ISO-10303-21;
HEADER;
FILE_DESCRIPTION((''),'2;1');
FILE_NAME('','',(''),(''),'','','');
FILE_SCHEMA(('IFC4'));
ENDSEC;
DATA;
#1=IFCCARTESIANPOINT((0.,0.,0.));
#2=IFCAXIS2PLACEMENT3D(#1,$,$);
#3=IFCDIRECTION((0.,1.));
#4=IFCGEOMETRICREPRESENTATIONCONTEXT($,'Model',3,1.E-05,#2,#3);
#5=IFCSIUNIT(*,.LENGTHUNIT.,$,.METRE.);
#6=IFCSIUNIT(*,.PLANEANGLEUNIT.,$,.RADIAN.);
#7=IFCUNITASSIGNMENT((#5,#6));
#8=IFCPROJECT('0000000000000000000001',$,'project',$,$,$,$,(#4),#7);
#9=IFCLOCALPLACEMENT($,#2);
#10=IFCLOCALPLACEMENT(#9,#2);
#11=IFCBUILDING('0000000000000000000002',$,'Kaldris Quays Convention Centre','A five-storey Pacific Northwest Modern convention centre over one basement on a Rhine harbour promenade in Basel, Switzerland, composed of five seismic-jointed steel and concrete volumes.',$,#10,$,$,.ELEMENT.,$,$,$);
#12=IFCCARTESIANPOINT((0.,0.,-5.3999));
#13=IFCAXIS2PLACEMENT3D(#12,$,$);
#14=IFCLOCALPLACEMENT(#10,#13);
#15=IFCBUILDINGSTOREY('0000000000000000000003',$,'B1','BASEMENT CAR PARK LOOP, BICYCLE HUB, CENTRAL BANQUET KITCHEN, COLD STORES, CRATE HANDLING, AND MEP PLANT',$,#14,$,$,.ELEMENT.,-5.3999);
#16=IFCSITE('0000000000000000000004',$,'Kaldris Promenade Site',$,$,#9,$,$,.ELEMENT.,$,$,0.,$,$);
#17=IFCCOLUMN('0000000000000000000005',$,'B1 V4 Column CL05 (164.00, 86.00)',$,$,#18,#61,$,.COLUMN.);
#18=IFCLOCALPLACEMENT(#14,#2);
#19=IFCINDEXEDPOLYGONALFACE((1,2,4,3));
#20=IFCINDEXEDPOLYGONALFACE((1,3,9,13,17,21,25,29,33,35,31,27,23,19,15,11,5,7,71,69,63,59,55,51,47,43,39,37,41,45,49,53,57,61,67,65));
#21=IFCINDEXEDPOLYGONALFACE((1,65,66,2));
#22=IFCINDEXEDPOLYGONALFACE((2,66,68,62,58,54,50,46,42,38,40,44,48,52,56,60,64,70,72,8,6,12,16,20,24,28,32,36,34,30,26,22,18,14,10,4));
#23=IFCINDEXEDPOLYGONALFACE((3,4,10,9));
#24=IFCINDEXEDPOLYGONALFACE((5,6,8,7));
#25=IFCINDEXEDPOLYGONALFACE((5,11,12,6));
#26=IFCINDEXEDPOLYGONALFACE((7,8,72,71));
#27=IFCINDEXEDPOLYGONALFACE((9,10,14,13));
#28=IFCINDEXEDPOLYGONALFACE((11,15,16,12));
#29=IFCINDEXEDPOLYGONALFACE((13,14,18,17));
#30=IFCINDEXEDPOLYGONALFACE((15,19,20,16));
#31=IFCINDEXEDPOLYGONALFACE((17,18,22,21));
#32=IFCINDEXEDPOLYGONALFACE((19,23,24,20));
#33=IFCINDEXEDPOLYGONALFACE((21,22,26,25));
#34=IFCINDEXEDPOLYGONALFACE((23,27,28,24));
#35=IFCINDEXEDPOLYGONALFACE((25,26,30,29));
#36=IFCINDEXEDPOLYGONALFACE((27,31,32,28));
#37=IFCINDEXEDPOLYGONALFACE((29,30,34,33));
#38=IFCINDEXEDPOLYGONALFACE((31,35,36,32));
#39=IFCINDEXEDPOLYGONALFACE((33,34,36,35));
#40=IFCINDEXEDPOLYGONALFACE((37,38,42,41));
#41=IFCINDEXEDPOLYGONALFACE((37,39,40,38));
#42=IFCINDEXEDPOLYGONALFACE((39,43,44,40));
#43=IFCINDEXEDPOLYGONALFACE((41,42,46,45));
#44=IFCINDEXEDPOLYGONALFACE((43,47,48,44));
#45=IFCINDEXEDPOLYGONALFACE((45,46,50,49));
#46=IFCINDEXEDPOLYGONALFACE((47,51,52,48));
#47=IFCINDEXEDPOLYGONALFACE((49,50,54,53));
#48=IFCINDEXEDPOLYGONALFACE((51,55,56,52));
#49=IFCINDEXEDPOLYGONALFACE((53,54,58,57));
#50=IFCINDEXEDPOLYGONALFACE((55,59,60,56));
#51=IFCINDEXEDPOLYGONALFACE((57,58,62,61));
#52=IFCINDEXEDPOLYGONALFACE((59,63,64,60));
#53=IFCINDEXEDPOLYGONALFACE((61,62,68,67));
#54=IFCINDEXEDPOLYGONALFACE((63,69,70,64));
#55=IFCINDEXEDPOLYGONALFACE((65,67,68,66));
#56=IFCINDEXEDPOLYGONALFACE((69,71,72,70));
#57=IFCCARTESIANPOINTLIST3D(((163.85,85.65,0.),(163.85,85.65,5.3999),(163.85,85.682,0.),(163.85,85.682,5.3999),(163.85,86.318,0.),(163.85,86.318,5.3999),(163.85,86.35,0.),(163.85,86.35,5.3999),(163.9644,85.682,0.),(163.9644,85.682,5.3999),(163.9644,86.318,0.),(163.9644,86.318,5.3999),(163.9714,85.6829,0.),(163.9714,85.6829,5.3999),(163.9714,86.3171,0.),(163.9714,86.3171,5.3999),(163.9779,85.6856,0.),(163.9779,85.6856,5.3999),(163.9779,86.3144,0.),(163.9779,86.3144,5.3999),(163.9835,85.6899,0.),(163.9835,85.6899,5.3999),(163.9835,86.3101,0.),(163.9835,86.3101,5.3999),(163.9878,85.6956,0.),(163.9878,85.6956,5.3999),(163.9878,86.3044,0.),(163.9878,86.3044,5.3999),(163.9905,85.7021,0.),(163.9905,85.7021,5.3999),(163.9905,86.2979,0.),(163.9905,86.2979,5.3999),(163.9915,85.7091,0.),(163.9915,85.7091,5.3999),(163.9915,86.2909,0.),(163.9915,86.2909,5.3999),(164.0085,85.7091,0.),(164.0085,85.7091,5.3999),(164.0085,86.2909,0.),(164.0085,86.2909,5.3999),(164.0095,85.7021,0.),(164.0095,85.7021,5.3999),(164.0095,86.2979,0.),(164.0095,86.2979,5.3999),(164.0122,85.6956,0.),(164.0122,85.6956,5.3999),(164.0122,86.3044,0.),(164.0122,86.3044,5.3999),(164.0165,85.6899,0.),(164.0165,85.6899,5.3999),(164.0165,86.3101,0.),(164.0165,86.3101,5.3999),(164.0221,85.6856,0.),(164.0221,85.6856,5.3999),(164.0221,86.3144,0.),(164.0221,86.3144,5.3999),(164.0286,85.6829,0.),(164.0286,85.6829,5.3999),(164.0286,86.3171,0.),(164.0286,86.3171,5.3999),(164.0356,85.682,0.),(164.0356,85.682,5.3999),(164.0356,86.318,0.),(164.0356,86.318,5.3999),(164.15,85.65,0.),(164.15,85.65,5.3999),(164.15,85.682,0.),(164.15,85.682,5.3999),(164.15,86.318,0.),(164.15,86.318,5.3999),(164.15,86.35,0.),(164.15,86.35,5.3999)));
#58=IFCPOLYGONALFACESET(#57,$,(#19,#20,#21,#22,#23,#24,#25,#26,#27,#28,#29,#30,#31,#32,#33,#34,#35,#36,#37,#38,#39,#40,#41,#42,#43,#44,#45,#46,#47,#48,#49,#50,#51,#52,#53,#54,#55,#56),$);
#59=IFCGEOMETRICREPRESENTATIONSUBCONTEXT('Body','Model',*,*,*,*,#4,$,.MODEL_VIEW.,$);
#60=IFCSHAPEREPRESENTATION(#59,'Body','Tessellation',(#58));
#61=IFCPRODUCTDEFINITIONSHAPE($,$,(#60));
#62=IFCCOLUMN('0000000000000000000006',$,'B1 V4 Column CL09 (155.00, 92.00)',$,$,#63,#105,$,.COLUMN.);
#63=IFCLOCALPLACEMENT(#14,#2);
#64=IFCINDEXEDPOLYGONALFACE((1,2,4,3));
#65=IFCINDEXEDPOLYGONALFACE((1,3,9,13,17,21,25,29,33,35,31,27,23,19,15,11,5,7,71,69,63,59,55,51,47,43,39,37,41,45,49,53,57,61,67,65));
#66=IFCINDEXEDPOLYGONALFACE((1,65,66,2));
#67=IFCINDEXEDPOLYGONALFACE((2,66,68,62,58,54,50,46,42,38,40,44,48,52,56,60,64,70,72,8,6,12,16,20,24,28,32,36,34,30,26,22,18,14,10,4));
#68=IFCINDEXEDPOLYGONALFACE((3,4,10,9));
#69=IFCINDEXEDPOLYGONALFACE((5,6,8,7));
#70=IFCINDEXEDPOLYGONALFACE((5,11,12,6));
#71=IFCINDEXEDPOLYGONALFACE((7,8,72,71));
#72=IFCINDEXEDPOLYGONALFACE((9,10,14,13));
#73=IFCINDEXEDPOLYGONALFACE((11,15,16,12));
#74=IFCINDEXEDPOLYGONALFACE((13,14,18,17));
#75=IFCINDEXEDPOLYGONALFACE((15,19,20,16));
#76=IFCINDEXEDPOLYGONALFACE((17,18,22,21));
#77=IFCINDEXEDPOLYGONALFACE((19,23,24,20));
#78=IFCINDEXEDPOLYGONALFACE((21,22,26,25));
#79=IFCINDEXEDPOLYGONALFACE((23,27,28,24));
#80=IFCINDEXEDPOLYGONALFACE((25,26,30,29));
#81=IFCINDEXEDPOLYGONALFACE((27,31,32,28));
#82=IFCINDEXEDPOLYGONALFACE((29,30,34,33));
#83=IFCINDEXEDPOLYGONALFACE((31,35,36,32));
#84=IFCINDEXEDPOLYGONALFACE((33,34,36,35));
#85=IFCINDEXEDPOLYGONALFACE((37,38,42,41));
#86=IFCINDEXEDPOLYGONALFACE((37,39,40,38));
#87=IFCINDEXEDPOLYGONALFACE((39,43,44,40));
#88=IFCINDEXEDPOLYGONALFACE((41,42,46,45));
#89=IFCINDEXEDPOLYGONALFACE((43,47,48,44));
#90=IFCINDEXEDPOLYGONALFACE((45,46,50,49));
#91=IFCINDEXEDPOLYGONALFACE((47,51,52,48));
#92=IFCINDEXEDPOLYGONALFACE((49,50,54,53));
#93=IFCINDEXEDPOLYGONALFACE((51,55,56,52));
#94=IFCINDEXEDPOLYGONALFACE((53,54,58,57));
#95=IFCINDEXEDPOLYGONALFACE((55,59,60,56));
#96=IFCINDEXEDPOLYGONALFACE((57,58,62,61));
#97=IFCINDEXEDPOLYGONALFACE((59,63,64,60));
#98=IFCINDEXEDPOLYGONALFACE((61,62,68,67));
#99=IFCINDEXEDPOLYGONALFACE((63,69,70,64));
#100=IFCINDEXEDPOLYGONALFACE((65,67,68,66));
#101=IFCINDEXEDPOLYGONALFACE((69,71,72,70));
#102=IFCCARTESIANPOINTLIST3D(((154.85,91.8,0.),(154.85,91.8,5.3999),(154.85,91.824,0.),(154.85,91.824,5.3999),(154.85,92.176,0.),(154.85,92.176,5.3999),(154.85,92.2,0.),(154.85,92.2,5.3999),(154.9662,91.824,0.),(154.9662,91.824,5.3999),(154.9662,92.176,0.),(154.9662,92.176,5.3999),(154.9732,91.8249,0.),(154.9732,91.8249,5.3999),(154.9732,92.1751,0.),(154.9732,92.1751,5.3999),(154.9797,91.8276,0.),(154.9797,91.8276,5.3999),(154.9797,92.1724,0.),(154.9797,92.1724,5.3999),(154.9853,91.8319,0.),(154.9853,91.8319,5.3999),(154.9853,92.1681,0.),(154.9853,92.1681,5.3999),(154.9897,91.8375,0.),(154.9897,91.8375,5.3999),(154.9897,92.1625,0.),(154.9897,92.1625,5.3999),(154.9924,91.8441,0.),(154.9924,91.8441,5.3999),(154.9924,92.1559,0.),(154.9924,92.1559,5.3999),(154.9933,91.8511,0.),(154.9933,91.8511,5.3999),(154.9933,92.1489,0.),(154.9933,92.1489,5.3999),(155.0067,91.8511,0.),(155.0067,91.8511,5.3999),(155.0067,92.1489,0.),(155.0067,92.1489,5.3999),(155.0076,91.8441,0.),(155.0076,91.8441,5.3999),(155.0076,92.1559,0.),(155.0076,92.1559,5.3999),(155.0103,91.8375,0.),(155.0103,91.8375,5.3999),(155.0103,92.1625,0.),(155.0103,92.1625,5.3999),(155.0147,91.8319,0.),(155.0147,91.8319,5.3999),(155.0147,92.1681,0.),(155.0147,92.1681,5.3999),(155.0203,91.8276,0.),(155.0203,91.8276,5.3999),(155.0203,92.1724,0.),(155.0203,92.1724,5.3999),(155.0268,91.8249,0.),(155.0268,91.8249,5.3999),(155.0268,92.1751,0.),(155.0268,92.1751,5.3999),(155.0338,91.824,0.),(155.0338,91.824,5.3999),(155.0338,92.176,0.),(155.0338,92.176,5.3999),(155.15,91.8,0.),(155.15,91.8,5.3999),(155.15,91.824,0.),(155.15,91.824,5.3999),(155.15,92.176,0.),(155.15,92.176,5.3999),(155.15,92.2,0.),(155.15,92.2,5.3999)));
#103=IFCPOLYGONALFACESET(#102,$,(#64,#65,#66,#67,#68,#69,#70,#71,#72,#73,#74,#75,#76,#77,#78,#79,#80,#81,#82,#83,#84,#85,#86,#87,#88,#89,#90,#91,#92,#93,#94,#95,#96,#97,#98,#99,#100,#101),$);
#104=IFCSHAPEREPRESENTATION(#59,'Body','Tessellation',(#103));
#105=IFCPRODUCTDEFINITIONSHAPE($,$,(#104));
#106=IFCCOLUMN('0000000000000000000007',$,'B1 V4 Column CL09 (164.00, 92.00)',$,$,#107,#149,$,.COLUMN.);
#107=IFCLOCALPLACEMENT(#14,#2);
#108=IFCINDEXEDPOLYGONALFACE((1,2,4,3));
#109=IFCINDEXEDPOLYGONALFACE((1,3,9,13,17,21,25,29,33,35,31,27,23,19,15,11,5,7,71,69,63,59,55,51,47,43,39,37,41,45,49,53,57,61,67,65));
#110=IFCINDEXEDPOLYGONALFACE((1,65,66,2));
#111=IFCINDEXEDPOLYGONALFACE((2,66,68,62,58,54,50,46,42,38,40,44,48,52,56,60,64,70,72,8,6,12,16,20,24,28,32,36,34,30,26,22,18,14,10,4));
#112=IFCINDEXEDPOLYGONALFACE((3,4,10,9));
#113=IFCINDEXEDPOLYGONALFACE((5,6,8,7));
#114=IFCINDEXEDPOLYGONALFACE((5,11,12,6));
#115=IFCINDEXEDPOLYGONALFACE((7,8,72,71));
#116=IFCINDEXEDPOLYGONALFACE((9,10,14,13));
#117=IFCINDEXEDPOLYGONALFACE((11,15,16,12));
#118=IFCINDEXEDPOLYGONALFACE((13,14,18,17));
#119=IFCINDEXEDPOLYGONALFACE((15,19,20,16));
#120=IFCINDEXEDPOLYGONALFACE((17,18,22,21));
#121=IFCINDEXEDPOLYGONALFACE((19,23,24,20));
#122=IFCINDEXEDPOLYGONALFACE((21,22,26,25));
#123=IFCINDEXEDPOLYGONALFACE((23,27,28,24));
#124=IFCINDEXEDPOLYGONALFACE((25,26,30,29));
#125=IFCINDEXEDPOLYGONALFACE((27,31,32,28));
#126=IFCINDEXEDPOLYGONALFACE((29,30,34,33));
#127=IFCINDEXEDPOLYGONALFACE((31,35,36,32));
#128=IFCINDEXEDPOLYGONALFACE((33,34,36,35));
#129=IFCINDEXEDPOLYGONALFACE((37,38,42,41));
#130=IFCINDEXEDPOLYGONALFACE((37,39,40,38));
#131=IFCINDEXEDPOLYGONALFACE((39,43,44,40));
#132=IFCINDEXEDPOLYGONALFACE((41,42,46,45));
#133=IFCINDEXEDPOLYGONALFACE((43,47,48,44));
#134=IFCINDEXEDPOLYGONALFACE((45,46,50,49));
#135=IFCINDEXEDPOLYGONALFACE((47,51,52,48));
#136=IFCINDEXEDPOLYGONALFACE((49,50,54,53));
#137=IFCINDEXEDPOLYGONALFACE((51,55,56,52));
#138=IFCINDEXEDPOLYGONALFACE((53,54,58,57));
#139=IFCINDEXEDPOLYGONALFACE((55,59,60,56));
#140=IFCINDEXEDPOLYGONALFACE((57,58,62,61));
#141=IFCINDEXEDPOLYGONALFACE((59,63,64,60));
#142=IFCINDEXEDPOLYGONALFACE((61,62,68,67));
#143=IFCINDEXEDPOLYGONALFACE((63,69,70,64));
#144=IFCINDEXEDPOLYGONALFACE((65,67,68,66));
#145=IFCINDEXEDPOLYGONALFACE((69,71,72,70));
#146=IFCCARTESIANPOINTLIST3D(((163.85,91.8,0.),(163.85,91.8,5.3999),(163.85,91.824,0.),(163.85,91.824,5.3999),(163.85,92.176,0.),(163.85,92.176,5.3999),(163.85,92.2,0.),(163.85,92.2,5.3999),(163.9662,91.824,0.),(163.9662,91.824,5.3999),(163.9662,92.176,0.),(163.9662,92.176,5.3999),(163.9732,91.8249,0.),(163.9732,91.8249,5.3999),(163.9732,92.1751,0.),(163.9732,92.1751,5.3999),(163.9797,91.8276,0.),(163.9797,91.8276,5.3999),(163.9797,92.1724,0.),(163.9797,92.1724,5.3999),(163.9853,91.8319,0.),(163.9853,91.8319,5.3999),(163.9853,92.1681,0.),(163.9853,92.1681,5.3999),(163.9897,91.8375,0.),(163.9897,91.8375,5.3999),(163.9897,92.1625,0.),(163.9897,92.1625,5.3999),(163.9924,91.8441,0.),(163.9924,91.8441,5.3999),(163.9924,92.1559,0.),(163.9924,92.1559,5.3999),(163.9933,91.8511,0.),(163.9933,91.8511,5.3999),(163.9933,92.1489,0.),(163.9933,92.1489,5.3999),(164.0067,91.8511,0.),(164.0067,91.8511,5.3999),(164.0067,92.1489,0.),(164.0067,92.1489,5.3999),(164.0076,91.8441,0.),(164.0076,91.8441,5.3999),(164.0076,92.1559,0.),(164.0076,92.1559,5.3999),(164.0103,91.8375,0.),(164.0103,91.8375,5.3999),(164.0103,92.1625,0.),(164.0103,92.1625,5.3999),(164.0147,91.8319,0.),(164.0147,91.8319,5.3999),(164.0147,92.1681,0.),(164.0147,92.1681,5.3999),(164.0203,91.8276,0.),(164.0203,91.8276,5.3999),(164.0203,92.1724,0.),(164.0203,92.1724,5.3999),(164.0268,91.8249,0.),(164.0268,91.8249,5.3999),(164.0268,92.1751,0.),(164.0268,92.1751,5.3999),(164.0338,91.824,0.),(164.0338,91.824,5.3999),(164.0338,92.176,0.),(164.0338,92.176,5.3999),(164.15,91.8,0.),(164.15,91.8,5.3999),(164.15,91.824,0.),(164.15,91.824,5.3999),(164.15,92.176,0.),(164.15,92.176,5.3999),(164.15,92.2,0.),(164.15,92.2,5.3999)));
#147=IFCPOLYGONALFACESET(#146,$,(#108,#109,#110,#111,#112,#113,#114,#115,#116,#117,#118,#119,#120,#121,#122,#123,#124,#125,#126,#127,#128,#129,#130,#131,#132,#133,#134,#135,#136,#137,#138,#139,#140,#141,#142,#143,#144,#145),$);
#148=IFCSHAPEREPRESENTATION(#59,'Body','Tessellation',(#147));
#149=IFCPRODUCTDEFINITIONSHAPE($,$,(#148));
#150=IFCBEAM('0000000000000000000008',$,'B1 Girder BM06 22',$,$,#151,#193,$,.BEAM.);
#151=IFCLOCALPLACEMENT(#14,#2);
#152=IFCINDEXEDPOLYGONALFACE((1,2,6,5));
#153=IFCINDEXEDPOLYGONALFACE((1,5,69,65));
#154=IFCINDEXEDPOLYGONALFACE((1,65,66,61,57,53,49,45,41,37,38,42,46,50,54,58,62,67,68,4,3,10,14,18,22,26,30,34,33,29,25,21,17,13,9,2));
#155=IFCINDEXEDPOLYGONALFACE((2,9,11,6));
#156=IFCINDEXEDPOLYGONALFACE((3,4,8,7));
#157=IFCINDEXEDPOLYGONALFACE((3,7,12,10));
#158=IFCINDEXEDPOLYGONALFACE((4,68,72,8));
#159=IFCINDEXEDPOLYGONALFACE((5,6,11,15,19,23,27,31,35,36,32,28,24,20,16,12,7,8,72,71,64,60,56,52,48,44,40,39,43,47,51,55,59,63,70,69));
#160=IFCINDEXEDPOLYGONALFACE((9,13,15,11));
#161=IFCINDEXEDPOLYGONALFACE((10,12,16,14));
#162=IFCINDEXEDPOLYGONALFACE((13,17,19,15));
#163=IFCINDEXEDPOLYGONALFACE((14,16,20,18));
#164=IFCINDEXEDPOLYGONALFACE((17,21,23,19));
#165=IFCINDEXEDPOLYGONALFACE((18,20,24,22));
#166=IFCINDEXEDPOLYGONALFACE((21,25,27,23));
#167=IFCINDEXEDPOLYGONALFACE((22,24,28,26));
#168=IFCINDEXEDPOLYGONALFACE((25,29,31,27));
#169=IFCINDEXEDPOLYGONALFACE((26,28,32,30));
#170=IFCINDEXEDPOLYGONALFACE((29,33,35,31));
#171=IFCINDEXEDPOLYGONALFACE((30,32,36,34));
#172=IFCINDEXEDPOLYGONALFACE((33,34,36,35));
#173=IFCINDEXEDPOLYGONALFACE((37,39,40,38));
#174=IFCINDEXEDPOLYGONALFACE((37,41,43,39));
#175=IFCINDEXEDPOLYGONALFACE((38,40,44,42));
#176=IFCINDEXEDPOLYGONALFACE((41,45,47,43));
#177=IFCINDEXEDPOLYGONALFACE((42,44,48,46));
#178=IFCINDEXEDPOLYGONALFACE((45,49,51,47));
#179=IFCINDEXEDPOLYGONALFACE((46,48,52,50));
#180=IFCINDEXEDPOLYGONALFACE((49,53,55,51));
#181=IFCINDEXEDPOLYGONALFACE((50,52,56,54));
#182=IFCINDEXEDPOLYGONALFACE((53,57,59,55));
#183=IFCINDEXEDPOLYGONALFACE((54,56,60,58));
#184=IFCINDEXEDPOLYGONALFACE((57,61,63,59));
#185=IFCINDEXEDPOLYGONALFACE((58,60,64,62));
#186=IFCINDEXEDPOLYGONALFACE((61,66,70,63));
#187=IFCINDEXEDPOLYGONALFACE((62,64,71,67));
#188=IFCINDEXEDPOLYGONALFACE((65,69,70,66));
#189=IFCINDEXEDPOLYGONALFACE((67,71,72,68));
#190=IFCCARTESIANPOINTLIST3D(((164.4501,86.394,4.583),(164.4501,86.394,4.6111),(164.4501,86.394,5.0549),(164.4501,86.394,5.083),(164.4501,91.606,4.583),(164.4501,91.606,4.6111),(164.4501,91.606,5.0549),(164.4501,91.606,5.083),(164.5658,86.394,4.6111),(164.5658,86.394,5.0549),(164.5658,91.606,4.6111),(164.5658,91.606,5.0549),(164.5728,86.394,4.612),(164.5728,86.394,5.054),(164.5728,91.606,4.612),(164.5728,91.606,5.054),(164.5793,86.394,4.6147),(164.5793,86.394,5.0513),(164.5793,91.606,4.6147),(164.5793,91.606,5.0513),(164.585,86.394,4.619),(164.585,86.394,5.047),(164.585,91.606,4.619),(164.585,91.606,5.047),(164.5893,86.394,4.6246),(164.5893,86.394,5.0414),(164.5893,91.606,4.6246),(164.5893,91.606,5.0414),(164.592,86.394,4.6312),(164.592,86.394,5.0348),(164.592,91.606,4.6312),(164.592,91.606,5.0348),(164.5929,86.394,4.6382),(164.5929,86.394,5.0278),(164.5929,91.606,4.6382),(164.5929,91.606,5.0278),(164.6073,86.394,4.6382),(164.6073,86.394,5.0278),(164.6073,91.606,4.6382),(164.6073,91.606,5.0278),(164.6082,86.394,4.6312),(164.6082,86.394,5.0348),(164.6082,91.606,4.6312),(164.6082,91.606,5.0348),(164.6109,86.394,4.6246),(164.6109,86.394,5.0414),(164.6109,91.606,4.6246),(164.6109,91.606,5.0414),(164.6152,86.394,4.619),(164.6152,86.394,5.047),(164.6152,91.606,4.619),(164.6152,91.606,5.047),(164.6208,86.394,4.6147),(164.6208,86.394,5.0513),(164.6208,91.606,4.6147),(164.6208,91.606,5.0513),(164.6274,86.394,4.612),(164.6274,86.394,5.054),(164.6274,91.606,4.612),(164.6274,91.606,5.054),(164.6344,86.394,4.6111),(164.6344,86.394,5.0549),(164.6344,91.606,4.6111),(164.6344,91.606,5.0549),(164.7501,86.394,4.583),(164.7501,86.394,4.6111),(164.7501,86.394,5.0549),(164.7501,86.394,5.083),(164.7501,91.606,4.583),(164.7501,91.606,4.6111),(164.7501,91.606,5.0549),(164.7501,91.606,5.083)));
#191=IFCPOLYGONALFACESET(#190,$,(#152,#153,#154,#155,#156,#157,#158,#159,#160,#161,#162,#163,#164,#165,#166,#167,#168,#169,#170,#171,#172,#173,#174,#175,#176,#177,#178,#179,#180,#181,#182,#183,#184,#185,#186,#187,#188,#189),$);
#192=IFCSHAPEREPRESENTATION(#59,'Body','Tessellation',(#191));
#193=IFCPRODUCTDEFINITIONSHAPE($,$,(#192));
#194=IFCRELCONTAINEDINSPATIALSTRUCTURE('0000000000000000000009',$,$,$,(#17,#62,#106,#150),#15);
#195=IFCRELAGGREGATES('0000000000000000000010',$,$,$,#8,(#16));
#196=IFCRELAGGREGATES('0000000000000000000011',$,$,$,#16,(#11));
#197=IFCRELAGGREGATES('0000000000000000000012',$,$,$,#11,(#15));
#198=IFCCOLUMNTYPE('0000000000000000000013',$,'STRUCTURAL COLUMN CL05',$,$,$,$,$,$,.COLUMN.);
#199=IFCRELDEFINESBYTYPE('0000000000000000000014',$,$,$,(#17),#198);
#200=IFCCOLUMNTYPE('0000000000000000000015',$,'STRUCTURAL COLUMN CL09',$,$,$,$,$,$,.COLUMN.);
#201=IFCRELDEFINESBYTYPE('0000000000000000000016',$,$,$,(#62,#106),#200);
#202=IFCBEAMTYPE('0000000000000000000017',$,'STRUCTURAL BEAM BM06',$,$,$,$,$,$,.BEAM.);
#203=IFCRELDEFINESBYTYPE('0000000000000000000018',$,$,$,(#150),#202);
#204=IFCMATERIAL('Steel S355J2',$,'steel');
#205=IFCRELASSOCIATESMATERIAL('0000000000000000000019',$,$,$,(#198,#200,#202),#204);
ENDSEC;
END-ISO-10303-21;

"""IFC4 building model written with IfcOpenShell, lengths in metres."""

from ifc_helpers import new_model, si_unit, direction, frame, origin, origin_2d, place, context, subcontext, project, spatial, i_section, extrude, material, material_profile, profile_set, type_object, element, save


model = new_model("IFC4")

# Units and contexts
model_context = context("Model", 3, precision=1e-05, world=origin(), true_north=direction((0.0, 1.0)))
body_context = subcontext(model_context, "Body", "Model", "MODEL_VIEW")
ifc_project = project(units=[si_unit("LENGTHUNIT", "METRE"), si_unit("PLANEANGLEUNIT", "RADIAN")], contexts=[model_context])

# Site, building, storey
site_placement = place(None, origin())
site = spatial("IfcSite", under=ifc_project, at=site_placement, Name="Kaldris Promenade Site", CompositionType="ELEMENT", RefElevation=0.0)
building_placement = place(site_placement, origin())
building = spatial("IfcBuilding", under=site, at=building_placement, Name="Kaldris Quays Convention Centre", Description="A five-storey Pacific Northwest Modern convention centre over one basement on a Rhine harbour promenade in Basel, Switzerland, composed of five seismic-jointed steel and concrete volumes.", CompositionType="ELEMENT")
storey_placement = place(building_placement, frame((0.0, 0.0, -5.3999)))
storey = spatial("IfcBuildingStorey", under=building, at=storey_placement, Name="B1", Description="BASEMENT CAR PARK LOOP, BICYCLE HUB, CENTRAL BANQUET KITCHEN, COLD STORES, CRATE HANDLING, AND MEP PLANT", CompositionType="ELEMENT", Elevation=-5.3999)

# Columns
ifc_material_1 = material(Name="Steel S355J2", Category="steel")
ifc_material_profile_1 = material_profile(ifc_material_1, i_section(OverallWidth=0.3, OverallDepth=0.7, WebThickness=0.0171, FlangeThickness=0.032, FilletRadius=0.0271, at=origin_2d()), Name="HEB 700")
ifc_profile_set_1 = profile_set([ifc_material_profile_1], Name="Steel S355J2")
column_type_1 = type_object("IfcColumnType", Name="STRUCTURAL COLUMN CL05", PredefinedType="COLUMN", material=ifc_profile_set_1)
for number, where, z_axis, x_axis, name in (
    (1, (164.0, 86.0, 0.0), (0.0, 0.0, 1.0), (1.0, 0.0, 0.0), "B1 V4 Column CL05 (164.00, 86.00)"),
):
    element("IfcColumn", number, at=place(storey_placement, frame(where, z_axis=z_axis, x_axis=x_axis)), inside=storey, type_object=column_type_1, Name=name, PredefinedType="COLUMN", context=body_context, shape_type="SweptSolid", body=[
        extrude(i_section(OverallWidth=0.3, OverallDepth=0.7, WebThickness=0.0171, FlangeThickness=0.032, FilletRadius=0.0271, at=origin_2d()), origin(), (0.0, 0.0, 1.0), 5.3999),
    ])
ifc_material_profile_2 = material_profile(ifc_material_1, i_section(OverallWidth=0.3, OverallDepth=0.3999, WebThickness=0.0134, FlangeThickness=0.0239, FilletRadius=0.0271, at=origin_2d()), Name="HEB 400")
ifc_profile_set_2 = profile_set([ifc_material_profile_2], Name="Steel S355J2")
column_type_2 = type_object("IfcColumnType", Name="STRUCTURAL COLUMN CL09", PredefinedType="COLUMN", material=ifc_profile_set_2)
for number, where, z_axis, x_axis, name in (
    (2, (155.0, 92.0, 0.0), (0.0, 0.0, 1.0), (1.0, 0.0, 0.0), "B1 V4 Column CL09 (155.00, 92.00)"),
    (3, (164.0, 92.0, 0.0), (0.0, 0.0, 1.0), (1.0, 0.0, 0.0), "B1 V4 Column CL09 (164.00, 92.00)"),
):
    element("IfcColumn", number, at=place(storey_placement, frame(where, z_axis=z_axis, x_axis=x_axis)), inside=storey, type_object=column_type_2, Name=name, PredefinedType="COLUMN", context=body_context, shape_type="SweptSolid", body=[
        extrude(i_section(OverallWidth=0.3, OverallDepth=0.3999, WebThickness=0.0134, FlangeThickness=0.0239, FilletRadius=0.0271, at=origin_2d()), origin(), (0.0, 0.0, 1.0), 5.3999),
    ])

# Beam
ifc_material_profile_3 = material_profile(ifc_material_1, i_section(OverallWidth=0.3, OverallDepth=0.5, WebThickness=0.0144, FlangeThickness=0.0281, FilletRadius=0.0271, at=origin_2d()), Name="HEB 500")
ifc_profile_set_3 = profile_set([ifc_material_profile_3], Name="Steel S355J2")
beam_type_1 = type_object("IfcBeamType", Name="STRUCTURAL BEAM BM06", PredefinedType="BEAM", material=ifc_profile_set_3)
for number, where, z_axis, x_axis, name in (
    (4, (164.6001, 86.394, 4.833), (0.0, 1.0, 0.0), (-1.0, 0.0, 0.0), "B1 Girder BM06 22"),
):
    element("IfcBeam", number, at=place(storey_placement, frame(where, z_axis=z_axis, x_axis=x_axis)), inside=storey, type_object=beam_type_1, Name=name, PredefinedType="BEAM", context=body_context, shape_type="SweptSolid", body=[
        extrude(i_section(OverallWidth=0.3, OverallDepth=0.5, WebThickness=0.0144, FlangeThickness=0.0281, FilletRadius=0.0271, at=origin_2d()), origin(), (0.0, 0.0, 1.0), 5.2119),
    ])

save(model, "model.ifc")
